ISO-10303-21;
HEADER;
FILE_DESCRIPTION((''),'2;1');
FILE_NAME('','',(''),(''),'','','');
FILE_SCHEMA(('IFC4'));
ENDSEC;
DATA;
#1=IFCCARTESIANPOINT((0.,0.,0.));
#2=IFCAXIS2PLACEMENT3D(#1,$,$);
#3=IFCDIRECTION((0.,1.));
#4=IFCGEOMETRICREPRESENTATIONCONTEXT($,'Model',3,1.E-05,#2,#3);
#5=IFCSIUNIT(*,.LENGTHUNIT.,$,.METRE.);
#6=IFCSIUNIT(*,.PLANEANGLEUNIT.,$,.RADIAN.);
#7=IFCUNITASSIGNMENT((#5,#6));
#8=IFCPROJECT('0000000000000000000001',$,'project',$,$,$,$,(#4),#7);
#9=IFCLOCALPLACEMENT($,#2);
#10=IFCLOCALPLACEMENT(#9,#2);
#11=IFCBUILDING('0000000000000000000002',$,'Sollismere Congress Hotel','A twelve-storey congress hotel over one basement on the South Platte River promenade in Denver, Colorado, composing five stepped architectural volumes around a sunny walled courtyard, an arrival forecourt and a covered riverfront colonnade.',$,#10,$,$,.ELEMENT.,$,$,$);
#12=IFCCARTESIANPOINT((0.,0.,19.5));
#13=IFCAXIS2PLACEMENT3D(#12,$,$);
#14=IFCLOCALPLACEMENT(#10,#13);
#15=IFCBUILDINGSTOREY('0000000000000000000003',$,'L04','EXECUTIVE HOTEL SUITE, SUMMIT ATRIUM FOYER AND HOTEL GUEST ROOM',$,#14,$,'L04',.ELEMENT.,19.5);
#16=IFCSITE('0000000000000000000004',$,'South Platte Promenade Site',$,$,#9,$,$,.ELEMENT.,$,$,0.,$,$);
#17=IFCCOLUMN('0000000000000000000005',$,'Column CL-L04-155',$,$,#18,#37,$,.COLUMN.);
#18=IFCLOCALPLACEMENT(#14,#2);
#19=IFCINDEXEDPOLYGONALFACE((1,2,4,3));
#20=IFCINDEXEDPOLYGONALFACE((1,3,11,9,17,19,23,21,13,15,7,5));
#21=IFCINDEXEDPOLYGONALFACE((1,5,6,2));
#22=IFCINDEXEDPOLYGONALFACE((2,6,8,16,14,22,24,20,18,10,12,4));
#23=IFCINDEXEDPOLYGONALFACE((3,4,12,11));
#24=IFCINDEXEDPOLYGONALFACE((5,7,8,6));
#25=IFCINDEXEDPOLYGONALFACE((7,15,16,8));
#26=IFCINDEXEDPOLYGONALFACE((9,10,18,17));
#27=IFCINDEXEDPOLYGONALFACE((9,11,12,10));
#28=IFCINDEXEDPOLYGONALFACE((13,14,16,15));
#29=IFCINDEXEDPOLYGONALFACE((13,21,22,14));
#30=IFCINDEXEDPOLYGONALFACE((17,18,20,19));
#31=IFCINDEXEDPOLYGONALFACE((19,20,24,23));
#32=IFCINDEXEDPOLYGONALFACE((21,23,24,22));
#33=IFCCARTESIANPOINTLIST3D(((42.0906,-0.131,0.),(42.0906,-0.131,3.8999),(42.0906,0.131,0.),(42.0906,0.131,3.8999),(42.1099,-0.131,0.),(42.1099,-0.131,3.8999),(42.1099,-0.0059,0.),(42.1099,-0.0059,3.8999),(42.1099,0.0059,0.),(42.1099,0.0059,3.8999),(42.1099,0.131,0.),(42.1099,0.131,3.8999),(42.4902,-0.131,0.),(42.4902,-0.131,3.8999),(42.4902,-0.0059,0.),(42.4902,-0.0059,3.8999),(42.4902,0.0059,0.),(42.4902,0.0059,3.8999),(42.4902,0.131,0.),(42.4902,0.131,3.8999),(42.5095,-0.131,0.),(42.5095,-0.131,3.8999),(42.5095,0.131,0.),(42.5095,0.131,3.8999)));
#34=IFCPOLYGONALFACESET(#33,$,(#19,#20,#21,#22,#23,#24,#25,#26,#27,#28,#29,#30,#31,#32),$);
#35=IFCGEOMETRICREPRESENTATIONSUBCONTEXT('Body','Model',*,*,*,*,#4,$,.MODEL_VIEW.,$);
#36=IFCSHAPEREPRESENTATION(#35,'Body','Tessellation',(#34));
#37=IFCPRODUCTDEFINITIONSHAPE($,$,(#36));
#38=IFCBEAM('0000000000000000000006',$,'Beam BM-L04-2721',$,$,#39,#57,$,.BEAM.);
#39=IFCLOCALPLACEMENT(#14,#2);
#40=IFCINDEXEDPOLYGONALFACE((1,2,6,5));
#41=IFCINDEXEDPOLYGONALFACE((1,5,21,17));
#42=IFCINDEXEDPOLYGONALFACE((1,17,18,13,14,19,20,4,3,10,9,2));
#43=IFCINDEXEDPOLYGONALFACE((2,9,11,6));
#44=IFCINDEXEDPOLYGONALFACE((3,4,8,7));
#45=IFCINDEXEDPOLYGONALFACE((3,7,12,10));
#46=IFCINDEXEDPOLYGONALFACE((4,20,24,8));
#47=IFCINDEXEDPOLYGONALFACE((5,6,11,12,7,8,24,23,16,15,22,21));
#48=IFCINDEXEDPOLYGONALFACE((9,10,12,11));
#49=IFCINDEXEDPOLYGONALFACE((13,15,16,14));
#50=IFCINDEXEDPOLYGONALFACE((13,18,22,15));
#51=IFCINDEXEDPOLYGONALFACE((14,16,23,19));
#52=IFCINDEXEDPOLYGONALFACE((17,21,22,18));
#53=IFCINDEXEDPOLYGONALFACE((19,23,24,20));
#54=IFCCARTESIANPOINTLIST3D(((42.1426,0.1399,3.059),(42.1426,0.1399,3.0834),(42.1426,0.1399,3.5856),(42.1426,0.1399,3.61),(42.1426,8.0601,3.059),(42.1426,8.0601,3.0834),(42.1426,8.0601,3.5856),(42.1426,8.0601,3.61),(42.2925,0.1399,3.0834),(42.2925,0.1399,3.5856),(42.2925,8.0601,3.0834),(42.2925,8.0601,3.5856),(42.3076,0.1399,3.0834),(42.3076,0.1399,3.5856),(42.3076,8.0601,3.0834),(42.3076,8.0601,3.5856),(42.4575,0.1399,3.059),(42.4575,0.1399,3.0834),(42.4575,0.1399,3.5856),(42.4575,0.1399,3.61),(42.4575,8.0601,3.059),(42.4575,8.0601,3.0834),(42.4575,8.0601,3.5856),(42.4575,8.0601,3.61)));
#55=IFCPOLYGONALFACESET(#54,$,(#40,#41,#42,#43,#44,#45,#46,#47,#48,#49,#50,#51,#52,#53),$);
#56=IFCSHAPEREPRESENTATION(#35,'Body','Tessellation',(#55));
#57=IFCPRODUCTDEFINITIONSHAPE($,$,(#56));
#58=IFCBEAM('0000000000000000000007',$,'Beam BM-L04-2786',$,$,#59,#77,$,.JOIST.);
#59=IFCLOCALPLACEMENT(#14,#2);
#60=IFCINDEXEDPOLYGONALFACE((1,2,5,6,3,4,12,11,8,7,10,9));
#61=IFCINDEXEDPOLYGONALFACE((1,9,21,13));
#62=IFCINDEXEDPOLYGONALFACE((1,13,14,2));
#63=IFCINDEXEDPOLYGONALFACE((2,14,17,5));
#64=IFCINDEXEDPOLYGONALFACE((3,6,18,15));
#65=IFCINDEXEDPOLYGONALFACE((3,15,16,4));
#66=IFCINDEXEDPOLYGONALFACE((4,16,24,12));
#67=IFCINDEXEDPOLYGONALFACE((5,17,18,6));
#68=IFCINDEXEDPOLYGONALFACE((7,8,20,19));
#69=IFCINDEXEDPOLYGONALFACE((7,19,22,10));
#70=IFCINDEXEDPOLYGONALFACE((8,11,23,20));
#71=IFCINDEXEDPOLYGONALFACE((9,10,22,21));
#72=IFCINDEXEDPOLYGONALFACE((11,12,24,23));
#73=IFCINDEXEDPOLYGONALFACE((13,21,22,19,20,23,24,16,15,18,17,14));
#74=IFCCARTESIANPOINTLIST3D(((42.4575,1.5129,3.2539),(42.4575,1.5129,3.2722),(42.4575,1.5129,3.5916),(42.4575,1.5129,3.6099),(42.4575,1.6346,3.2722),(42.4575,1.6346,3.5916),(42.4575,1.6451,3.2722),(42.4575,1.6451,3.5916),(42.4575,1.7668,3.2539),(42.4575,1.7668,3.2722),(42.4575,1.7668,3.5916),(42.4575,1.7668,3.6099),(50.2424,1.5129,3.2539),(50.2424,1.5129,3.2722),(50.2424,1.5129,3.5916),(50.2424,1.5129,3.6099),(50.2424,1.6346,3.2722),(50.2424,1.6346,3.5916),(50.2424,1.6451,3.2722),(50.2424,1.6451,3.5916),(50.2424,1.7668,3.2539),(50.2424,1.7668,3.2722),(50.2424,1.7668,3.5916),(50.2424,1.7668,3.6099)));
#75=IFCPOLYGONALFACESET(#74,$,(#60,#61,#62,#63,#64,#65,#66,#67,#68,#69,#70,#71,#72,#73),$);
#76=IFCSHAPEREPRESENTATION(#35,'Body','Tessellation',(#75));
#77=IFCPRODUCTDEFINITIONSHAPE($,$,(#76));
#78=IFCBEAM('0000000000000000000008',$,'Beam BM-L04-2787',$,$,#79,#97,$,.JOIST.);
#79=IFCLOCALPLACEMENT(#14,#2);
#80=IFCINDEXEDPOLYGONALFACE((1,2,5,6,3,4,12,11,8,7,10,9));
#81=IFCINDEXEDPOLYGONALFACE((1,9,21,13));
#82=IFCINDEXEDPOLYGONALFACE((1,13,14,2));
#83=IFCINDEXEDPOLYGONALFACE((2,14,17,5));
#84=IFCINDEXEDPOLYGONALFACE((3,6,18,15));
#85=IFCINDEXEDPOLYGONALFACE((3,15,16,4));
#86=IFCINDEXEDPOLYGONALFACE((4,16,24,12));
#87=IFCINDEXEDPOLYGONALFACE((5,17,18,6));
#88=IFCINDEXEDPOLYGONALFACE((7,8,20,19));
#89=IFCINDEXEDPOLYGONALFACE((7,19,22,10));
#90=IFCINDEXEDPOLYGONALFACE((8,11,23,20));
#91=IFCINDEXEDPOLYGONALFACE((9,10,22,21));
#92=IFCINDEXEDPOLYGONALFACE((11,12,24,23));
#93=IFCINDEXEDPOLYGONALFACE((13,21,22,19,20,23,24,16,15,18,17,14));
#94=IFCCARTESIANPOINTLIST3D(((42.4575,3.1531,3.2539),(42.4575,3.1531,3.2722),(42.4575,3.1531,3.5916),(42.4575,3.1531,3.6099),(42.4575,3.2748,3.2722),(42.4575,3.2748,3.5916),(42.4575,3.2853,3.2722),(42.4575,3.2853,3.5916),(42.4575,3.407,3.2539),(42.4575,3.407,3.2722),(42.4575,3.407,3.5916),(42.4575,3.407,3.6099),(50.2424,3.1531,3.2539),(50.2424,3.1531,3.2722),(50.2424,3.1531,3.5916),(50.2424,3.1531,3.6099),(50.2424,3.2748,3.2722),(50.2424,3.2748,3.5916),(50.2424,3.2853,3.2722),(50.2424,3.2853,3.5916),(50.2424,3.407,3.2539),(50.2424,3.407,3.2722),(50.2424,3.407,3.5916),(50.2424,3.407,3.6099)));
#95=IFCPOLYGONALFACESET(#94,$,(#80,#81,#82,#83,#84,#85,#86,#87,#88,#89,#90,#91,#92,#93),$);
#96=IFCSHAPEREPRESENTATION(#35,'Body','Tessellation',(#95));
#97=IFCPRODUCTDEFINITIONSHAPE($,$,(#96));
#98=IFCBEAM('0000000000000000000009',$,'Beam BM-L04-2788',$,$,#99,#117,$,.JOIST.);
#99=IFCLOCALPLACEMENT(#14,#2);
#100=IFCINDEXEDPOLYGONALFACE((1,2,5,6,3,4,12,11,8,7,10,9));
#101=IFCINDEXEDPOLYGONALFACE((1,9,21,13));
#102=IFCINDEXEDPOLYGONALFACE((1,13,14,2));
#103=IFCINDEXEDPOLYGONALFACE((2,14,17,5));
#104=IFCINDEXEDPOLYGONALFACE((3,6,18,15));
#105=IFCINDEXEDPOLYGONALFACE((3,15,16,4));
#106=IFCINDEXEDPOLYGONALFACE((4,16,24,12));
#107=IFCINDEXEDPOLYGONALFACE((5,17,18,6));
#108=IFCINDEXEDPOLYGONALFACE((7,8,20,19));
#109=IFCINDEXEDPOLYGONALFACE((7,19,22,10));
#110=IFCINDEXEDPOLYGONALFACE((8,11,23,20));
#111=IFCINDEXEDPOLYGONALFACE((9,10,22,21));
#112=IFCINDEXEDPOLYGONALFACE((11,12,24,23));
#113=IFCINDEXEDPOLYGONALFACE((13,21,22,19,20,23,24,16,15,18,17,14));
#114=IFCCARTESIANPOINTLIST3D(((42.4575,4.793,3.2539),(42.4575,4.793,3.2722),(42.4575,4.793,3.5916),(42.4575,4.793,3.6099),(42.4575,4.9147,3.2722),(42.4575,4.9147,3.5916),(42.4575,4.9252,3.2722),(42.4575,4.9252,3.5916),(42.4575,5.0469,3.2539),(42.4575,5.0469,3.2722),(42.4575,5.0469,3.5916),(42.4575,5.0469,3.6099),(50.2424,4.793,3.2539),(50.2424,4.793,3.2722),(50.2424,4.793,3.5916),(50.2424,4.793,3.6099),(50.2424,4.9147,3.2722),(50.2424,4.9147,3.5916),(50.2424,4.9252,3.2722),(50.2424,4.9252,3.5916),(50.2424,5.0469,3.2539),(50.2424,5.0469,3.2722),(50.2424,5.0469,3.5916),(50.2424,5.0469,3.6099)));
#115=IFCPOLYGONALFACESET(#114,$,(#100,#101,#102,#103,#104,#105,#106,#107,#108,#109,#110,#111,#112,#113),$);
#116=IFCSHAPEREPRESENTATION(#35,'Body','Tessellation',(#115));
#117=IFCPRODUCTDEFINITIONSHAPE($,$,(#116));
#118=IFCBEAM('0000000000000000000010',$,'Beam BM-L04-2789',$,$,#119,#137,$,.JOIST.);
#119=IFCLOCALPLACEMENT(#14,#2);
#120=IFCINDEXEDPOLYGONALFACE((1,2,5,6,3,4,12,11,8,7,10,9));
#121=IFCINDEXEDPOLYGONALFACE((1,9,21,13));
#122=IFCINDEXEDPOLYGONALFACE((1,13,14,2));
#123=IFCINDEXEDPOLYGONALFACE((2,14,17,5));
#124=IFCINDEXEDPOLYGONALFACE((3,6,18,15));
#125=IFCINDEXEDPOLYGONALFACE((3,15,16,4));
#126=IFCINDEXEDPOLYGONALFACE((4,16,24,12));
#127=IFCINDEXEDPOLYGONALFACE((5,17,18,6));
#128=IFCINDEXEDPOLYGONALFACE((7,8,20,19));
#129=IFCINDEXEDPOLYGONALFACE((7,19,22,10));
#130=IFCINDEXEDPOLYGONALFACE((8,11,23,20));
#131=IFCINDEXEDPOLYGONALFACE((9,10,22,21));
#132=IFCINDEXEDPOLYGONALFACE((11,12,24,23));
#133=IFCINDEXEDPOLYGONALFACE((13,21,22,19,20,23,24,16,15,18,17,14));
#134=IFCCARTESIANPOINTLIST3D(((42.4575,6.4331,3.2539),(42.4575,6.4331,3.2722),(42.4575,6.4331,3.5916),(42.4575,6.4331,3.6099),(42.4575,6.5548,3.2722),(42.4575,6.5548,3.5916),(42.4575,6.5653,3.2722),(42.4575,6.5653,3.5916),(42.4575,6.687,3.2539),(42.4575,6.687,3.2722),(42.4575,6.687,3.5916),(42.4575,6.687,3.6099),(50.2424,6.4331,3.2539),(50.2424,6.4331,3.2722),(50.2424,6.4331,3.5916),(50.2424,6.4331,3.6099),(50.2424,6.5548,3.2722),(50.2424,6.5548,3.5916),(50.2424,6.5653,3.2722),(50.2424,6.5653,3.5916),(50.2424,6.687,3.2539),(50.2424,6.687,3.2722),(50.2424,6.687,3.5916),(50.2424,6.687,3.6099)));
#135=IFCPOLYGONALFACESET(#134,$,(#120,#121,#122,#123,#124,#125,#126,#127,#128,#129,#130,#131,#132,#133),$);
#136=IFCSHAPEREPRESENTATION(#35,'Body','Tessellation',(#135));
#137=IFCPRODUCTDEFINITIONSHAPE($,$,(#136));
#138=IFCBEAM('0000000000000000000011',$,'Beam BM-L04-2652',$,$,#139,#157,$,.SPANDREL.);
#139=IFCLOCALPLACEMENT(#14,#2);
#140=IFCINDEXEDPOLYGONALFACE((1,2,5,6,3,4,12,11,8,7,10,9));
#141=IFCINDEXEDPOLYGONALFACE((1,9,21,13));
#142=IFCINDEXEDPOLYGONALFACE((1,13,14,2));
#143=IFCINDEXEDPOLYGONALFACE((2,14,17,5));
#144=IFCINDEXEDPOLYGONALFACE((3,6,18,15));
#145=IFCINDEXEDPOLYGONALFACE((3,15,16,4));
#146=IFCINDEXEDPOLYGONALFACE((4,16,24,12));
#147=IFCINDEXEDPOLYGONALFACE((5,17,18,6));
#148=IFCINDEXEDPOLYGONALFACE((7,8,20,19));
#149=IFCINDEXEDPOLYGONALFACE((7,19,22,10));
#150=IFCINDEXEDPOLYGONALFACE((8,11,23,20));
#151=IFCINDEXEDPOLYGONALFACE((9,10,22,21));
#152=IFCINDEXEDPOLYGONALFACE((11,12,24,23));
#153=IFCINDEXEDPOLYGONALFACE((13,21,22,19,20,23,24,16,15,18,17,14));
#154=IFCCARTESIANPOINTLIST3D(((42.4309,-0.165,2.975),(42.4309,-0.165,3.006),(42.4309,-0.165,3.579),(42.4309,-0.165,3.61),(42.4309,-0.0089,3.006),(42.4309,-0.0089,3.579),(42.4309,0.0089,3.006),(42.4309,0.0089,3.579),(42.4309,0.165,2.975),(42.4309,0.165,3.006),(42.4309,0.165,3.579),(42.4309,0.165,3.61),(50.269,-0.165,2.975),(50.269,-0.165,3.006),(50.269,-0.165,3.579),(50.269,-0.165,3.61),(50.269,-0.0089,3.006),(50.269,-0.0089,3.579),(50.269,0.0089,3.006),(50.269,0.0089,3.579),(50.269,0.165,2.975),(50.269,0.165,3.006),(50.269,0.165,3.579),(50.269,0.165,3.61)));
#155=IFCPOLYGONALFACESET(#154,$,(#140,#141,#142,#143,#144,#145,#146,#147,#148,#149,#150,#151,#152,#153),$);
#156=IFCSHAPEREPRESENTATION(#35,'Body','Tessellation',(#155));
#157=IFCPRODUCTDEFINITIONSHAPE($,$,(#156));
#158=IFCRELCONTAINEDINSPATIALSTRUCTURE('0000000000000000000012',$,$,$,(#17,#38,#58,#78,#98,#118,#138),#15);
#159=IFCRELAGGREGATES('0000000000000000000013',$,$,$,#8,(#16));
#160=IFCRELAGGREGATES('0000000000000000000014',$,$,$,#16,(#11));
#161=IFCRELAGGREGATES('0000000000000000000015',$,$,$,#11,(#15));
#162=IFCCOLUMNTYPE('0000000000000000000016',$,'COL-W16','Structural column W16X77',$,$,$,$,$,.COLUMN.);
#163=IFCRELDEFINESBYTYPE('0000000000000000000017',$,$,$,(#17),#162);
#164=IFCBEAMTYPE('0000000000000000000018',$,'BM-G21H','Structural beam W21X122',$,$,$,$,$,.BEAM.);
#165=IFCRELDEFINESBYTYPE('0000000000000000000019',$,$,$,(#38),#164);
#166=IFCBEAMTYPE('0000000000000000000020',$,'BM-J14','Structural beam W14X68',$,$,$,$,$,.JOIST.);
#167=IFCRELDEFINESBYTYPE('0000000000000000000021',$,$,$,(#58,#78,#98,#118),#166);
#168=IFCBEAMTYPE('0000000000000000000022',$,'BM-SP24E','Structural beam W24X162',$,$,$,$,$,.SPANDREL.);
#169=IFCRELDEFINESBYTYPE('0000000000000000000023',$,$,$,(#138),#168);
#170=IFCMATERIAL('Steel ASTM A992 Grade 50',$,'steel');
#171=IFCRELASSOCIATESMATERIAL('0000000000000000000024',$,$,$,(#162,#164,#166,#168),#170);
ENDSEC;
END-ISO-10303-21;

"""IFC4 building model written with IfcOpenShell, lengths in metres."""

from ifc_helpers import new_model, si_unit, direction, frame, origin, origin_2d, place, context, subcontext, project, spatial, i_section, extrude, material, material_profile, profile_set, type_object, element, save


model = new_model("IFC4")

# Units and contexts
model_context = context("Model", 3, precision=1e-05, world=origin(), true_north=direction((0.0, 1.0)))
body_context = subcontext(model_context, "Body", "Model", "MODEL_VIEW")
ifc_project = project(units=[si_unit("LENGTHUNIT", "METRE"), si_unit("PLANEANGLEUNIT", "RADIAN")], contexts=[model_context])

# Site, building, storey
site_placement = place(None, origin())
site = spatial("IfcSite", under=ifc_project, at=site_placement, Name="South Platte Promenade Site", CompositionType="ELEMENT", RefElevation=0.0)
building_placement = place(site_placement, origin())
building = spatial("IfcBuilding", under=site, at=building_placement, Name="Sollismere Congress Hotel", Description="A twelve-storey congress hotel over one basement on the South Platte River promenade in Denver, Colorado, composing five stepped architectural volumes around a sunny walled courtyard, an arrival forecourt and a covered riverfront colonnade.", CompositionType="ELEMENT")
storey_placement = place(building_placement, frame((0.0, 0.0, 19.5)))
storey = spatial("IfcBuildingStorey", under=building, at=storey_placement, Name="L04", Description="EXECUTIVE HOTEL SUITE, SUMMIT ATRIUM FOYER AND HOTEL GUEST ROOM", LongName="L04", CompositionType="ELEMENT", Elevation=19.5)

# Column
ifc_material_1 = material(Name="Steel ASTM A992 Grade 50", Category="steel")
ifc_material_profile_1 = material_profile(ifc_material_1, i_section(OverallWidth=0.262, OverallDepth=0.4189, WebThickness=0.0117, FlangeThickness=0.0193, at=origin_2d()), Name="W16X77")
ifc_profile_set_1 = profile_set([ifc_material_profile_1], Name="Steel ASTM A992 Grade 50")
column_type = type_object("IfcColumnType", Name="COL-W16", Description="Structural column W16X77", PredefinedType="COLUMN", material=ifc_profile_set_1)
column_placement = place(storey_placement, frame((42.3, 0.0, 0.0), z_axis=(0.0, 0.0, 1.0), x_axis=(0.0, 1.0, 0.0)))
element("IfcColumn", 1, at=column_placement, inside=storey, type_object=column_type, Name="Column CL-L04-155", PredefinedType="COLUMN", context=body_context, shape_type="SweptSolid", body=[
    extrude(i_section(OverallWidth=0.262, OverallDepth=0.4189, WebThickness=0.0117, FlangeThickness=0.0193, at=origin_2d()), origin(), (0.0, 0.0, 1.0), 3.8999),
])

# Beams
ifc_material_profile_2 = material_profile(ifc_material_1, i_section(OverallWidth=0.3149, OverallDepth=0.551, WebThickness=0.0151, FlangeThickness=0.0244, at=origin_2d()), Name="W21X122")
ifc_profile_set_2 = profile_set([ifc_material_profile_2], Name="Steel ASTM A992 Grade 50")
beam_type_1 = type_object("IfcBeamType", Name="BM-G21H", Description="Structural beam W21X122", PredefinedType="BEAM", material=ifc_profile_set_2)
beam_1_placement = place(storey_placement, frame((42.3, 0.1399, 3.3345), z_axis=(0.0, 1.0, 0.0), x_axis=(-1.0, 0.0, 0.0)))
element("IfcBeam", 2, at=beam_1_placement, inside=storey, type_object=beam_type_1, Name="Beam BM-L04-2721", PredefinedType="BEAM", context=body_context, shape_type="SweptSolid", body=[
    extrude(i_section(OverallWidth=0.3149, OverallDepth=0.551, WebThickness=0.0151, FlangeThickness=0.0244, at=origin_2d()), origin(), (0.0, 0.0, 1.0), 7.9202),
])
ifc_material_profile_3 = material_profile(ifc_material_1, i_section(OverallWidth=0.2539, OverallDepth=0.356, WebThickness=0.0105, FlangeThickness=0.0183, at=origin_2d()), Name="W14X68")
ifc_profile_set_3 = profile_set([ifc_material_profile_3], Name="Steel ASTM A992 Grade 50")
beam_type_2 = type_object("IfcBeamType", Name="BM-J14", Description="Structural beam W14X68", PredefinedType="JOIST", material=ifc_profile_set_3)
for number, where, z_axis, x_axis, name in (
    (3, (42.4575, 1.6399, 3.4319), (1.0, 0.0, 0.0), (0.0, 1.0, 0.0), "Beam BM-L04-2786"),
    (4, (42.4575, 3.28, 3.4319), (1.0, 0.0, 0.0), (0.0, 1.0, 0.0), "Beam BM-L04-2787"),
    (5, (42.4575, 4.9199, 3.4319), (1.0, 0.0, 0.0), (0.0, 1.0, 0.0), "Beam BM-L04-2788"),
    (6, (42.4575, 6.5601, 3.4319), (1.0, 0.0, 0.0), (0.0, 1.0, 0.0), "Beam BM-L04-2789"),
):
    element("IfcBeam", number, at=place(storey_placement, frame(where, z_axis=z_axis, x_axis=x_axis)), inside=storey, type_object=beam_type_2, Name=name, PredefinedType="JOIST", context=body_context, shape_type="SweptSolid", body=[
        extrude(i_section(OverallWidth=0.2539, OverallDepth=0.356, WebThickness=0.0105, FlangeThickness=0.0183, at=origin_2d()), origin(), (0.0, 0.0, 1.0), 7.7849),
    ])
ifc_material_profile_4 = material_profile(ifc_material_1, i_section(OverallWidth=0.3301, OverallDepth=0.635, WebThickness=0.0178, FlangeThickness=0.031, at=origin_2d()), Name="W24X162")
ifc_profile_set_4 = profile_set([ifc_material_profile_4], Name="Steel ASTM A992 Grade 50")
beam_type_3 = type_object("IfcBeamType", Name="BM-SP24E", Description="Structural beam W24X162", PredefinedType="SPANDREL", material=ifc_profile_set_4)
beam_2_placement = place(storey_placement, frame((42.4309, 0.0, 3.2925), z_axis=(1.0, 0.0, 0.0), x_axis=(0.0, 1.0, 0.0)))
element("IfcBeam", 7, at=beam_2_placement, inside=storey, type_object=beam_type_3, Name="Beam BM-L04-2652", PredefinedType="SPANDREL", context=body_context, shape_type="SweptSolid", body=[
    extrude(i_section(OverallWidth=0.3301, OverallDepth=0.635, WebThickness=0.0178, FlangeThickness=0.031, at=origin_2d()), origin(), (0.0, 0.0, 1.0), 7.8381),
])

save(model, "model.ifc")
